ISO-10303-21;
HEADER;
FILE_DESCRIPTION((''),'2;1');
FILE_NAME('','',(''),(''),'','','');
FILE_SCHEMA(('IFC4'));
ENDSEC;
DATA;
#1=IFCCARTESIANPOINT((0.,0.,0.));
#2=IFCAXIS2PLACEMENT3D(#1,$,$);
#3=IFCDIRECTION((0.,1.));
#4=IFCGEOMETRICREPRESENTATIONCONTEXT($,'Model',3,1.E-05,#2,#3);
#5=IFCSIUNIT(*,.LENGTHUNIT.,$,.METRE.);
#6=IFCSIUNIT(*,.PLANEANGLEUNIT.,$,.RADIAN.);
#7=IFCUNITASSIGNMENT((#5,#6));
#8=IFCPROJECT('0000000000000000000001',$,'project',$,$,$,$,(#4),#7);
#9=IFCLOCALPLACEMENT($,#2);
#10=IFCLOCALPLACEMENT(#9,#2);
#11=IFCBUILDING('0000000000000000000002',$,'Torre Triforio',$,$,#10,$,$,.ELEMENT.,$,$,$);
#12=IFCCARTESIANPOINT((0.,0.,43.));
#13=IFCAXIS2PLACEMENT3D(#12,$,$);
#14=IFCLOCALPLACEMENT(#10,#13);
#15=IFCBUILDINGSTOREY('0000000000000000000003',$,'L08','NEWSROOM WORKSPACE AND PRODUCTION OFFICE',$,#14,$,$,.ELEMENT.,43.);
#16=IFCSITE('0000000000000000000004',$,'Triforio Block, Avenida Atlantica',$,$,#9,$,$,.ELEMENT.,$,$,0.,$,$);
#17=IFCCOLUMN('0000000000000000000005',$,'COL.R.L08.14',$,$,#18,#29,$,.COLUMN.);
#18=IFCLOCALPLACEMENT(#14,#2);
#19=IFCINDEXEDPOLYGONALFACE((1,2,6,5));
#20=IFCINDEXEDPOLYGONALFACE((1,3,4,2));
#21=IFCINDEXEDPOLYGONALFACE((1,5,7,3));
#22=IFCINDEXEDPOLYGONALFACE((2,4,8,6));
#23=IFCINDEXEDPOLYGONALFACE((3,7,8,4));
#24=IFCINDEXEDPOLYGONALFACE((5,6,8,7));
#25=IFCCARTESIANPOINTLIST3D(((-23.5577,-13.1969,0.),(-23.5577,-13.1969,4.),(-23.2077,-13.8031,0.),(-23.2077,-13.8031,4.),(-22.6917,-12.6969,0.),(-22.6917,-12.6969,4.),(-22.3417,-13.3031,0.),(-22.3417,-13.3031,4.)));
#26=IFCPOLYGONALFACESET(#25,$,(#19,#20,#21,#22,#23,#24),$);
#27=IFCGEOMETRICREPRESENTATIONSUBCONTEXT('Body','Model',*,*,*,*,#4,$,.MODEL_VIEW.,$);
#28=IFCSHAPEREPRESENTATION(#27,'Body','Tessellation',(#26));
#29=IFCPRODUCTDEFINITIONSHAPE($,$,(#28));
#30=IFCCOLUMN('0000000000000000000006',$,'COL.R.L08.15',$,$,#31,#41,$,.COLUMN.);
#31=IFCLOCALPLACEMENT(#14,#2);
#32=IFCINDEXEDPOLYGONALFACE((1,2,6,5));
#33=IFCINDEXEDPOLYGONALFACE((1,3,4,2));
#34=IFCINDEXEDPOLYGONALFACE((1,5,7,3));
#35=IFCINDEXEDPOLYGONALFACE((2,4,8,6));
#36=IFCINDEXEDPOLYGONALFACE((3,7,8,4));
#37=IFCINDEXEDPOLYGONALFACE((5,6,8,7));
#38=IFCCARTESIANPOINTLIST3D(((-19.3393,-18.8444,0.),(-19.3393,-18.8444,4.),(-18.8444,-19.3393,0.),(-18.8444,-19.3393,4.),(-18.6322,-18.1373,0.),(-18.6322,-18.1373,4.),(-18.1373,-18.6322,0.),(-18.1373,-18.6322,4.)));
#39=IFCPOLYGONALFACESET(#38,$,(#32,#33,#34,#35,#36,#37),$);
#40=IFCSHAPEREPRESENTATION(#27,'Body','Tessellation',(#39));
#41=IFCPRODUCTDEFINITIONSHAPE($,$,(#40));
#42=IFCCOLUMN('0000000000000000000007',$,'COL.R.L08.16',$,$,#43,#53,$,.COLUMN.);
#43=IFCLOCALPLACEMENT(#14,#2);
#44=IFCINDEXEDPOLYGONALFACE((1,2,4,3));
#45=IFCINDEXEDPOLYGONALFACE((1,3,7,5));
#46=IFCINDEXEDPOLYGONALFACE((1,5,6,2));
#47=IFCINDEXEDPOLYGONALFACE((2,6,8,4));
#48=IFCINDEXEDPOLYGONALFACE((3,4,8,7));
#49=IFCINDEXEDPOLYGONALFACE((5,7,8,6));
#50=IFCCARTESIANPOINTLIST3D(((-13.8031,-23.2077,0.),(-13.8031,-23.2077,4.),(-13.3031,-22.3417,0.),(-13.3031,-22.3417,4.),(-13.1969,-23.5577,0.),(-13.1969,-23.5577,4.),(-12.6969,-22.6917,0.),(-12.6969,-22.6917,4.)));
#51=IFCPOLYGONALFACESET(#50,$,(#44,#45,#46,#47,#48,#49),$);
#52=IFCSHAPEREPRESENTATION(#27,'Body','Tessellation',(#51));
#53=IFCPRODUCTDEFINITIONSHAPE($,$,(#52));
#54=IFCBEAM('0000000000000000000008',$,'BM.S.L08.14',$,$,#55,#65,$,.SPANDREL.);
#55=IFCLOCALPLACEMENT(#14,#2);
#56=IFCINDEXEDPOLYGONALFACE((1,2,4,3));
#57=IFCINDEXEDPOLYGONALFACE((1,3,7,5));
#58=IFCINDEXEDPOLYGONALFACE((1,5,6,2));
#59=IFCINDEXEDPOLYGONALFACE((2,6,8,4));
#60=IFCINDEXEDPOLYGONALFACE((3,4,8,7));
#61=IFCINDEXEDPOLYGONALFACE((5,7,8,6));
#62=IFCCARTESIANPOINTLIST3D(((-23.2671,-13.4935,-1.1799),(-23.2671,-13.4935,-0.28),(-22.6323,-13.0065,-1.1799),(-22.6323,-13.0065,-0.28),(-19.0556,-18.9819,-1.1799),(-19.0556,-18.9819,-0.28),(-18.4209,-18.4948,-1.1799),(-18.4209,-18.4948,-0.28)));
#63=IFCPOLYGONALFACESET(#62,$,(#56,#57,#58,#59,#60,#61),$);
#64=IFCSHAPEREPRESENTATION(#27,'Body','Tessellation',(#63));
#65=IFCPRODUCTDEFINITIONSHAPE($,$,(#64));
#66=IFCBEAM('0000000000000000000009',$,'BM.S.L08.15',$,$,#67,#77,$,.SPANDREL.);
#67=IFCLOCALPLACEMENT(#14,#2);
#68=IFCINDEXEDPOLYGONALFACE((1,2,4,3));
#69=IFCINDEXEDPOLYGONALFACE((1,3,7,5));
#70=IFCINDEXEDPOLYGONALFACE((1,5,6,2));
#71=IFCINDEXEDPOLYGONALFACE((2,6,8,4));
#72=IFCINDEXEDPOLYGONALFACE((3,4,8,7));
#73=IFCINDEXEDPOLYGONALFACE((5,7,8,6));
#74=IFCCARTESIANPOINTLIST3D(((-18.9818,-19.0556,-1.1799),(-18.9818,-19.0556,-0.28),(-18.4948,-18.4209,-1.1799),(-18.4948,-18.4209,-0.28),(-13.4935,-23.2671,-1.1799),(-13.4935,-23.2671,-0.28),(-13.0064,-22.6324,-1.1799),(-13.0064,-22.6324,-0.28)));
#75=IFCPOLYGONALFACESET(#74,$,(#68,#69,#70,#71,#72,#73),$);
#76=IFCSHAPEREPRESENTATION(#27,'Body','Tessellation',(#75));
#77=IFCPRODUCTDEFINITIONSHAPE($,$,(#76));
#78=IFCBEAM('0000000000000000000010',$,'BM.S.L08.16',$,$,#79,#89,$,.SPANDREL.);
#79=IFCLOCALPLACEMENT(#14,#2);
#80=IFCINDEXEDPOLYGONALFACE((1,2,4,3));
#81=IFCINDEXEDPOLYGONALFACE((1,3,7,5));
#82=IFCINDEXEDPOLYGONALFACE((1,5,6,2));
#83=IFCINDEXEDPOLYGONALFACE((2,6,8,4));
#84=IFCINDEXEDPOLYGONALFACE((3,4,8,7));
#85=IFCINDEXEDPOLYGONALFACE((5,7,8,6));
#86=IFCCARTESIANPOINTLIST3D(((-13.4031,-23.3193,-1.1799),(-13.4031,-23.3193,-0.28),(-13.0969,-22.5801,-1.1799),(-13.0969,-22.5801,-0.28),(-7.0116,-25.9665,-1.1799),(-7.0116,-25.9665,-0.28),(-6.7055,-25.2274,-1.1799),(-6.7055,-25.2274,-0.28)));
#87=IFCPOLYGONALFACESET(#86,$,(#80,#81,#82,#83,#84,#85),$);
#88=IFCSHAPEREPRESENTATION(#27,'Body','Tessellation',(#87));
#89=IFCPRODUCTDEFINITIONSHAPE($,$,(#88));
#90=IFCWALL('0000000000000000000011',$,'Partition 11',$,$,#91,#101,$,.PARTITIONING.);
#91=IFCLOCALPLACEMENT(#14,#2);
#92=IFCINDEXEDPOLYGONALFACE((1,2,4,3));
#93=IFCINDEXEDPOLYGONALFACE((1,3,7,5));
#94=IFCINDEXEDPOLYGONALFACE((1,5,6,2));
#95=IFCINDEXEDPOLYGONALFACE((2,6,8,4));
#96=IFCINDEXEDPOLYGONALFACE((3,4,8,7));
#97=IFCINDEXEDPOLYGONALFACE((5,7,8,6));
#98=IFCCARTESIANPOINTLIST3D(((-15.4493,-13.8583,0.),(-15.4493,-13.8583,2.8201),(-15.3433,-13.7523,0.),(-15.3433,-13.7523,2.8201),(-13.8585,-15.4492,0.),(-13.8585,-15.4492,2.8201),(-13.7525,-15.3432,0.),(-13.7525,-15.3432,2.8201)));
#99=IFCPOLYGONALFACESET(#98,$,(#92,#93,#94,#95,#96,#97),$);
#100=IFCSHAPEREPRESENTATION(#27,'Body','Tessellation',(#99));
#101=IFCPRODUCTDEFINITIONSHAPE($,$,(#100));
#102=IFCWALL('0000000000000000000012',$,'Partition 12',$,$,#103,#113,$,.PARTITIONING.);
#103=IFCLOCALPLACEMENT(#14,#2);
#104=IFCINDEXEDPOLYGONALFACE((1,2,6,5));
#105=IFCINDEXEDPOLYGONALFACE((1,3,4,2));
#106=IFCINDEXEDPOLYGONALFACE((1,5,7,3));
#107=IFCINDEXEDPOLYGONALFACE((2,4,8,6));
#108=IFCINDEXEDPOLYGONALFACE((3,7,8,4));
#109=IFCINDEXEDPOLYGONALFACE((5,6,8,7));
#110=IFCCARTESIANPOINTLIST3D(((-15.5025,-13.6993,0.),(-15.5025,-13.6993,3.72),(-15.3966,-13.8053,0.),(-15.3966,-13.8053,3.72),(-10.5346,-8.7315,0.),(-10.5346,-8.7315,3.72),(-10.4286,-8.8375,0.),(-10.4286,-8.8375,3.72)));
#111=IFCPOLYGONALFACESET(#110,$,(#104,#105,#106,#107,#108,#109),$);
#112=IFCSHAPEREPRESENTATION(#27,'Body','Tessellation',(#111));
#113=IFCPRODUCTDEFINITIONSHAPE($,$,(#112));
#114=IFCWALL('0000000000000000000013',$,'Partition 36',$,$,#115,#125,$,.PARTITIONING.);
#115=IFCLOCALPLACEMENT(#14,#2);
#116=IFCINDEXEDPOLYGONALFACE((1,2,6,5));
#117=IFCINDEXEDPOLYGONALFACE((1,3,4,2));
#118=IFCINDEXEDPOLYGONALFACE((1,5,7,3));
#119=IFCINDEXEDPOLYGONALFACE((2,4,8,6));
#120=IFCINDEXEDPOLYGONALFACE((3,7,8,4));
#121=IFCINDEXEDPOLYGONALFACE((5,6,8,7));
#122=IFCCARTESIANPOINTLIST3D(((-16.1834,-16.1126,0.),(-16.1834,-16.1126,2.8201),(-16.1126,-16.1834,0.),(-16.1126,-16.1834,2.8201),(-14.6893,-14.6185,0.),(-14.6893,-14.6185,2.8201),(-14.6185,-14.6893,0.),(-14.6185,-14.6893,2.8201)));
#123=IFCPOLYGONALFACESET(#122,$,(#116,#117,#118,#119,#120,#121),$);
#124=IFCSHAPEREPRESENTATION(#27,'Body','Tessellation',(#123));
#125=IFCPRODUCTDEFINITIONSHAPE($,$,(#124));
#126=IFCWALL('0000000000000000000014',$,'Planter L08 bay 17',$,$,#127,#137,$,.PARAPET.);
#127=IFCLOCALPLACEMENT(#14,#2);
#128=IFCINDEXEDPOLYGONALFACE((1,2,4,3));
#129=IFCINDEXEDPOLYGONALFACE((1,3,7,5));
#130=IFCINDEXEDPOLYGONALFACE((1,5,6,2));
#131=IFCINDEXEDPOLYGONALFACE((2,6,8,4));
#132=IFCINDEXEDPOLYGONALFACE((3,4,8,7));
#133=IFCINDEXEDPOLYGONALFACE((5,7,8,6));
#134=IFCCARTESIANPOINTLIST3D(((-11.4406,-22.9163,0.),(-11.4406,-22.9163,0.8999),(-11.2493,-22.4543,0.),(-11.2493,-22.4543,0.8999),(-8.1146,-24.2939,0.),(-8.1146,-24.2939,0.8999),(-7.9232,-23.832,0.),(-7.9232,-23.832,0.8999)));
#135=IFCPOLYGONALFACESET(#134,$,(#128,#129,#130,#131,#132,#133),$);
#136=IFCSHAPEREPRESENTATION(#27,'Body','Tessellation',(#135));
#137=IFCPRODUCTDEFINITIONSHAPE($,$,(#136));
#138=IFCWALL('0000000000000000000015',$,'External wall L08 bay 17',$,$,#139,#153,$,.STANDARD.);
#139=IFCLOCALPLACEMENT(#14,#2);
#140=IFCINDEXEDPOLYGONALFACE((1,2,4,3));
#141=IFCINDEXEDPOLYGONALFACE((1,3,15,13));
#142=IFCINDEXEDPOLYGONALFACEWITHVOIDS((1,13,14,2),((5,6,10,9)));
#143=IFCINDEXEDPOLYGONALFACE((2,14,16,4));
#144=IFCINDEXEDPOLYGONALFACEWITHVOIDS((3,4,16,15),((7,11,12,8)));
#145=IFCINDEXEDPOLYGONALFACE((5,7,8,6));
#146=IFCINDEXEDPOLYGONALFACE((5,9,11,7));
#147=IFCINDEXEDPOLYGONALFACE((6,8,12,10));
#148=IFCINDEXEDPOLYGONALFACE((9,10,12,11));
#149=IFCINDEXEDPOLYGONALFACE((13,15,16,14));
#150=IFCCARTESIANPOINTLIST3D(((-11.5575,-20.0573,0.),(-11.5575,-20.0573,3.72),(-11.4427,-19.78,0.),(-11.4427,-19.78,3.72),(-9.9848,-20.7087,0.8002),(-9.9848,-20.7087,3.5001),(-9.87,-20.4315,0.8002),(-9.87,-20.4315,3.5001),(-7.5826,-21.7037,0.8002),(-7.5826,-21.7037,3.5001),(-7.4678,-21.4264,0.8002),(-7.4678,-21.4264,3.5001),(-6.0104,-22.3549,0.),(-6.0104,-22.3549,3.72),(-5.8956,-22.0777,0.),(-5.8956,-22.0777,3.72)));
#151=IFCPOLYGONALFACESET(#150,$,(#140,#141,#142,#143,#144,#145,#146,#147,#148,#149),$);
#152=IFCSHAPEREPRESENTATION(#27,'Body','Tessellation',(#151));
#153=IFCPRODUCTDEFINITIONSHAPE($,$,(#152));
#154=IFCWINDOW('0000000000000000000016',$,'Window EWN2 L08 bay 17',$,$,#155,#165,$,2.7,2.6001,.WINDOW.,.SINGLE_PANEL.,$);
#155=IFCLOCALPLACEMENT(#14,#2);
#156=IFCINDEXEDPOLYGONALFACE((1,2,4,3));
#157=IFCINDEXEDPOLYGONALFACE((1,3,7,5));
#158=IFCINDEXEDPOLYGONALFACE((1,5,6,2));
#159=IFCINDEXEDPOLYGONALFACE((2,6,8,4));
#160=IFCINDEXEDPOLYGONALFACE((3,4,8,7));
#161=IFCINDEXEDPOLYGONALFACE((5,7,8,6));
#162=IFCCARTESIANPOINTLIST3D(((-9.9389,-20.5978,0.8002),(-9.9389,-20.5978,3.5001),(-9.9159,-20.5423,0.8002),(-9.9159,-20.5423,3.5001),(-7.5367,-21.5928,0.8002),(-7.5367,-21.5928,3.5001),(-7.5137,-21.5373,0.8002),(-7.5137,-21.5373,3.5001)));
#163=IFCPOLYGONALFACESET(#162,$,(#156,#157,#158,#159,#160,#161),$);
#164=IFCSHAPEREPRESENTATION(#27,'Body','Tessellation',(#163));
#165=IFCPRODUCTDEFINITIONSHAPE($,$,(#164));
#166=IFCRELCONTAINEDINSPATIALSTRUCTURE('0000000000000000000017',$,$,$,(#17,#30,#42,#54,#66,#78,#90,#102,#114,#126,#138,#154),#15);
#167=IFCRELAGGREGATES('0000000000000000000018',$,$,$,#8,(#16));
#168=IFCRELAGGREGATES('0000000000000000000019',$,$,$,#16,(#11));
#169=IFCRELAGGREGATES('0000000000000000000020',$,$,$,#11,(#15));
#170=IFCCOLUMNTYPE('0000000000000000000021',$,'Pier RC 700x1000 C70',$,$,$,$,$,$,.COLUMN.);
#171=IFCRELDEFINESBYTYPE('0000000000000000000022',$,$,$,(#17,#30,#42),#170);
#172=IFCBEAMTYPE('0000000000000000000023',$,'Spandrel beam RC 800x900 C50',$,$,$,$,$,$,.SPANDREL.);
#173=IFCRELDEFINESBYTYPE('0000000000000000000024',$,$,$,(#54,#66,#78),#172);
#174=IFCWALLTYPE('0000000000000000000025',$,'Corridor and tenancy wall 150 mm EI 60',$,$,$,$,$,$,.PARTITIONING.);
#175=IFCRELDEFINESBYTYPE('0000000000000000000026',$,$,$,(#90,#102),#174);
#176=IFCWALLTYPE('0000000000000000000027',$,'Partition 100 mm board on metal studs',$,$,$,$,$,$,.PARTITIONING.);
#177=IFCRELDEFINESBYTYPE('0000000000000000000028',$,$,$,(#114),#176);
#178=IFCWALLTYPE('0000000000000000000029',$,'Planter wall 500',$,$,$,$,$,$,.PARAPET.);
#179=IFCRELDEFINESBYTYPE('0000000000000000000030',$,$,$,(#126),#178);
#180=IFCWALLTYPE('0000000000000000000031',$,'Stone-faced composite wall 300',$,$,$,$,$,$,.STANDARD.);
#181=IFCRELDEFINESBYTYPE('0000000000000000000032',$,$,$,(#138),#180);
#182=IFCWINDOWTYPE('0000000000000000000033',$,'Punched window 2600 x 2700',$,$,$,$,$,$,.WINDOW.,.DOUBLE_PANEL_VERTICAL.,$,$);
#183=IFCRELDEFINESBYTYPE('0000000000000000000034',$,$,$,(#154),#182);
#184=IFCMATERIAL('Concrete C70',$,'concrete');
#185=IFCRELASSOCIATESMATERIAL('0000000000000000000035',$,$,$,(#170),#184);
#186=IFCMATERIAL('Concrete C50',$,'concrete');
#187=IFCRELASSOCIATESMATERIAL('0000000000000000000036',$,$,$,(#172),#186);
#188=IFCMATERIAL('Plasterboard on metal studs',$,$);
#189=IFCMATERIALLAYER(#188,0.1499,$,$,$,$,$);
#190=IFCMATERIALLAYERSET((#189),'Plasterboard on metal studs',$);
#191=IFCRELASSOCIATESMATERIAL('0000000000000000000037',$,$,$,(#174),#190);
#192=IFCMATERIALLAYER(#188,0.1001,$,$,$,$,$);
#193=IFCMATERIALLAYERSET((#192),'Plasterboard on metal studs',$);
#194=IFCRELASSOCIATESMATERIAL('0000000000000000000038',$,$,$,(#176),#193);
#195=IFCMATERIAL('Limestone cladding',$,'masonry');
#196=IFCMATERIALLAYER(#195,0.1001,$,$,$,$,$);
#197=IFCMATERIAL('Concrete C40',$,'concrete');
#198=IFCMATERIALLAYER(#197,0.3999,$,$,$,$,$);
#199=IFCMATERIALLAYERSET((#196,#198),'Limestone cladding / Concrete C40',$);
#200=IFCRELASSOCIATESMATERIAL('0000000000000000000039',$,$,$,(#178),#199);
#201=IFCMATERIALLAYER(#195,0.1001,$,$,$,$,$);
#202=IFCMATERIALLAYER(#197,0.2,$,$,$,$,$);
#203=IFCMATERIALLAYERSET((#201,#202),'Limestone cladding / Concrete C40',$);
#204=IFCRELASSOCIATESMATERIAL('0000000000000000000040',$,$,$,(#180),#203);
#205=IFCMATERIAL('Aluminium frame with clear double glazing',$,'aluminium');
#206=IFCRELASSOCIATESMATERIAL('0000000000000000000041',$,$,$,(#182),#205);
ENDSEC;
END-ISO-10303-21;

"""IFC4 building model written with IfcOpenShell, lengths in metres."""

from ifc_helpers import new_model, si_unit, direction, frame, frame_2d, origin, origin_2d, place, context, subcontext, project, spatial, rectangle, extrude, material, layer, layer_set, material_profile, profile_set, type_object, element, fill, save


model = new_model("IFC4")

# Units and contexts
model_context = context("Model", 3, precision=1e-05, world=origin(), true_north=direction((0.0, 1.0)))
body_context = subcontext(model_context, "Body", "Model", "MODEL_VIEW")
ifc_project = project(units=[si_unit("LENGTHUNIT", "METRE"), si_unit("PLANEANGLEUNIT", "RADIAN")], contexts=[model_context])

# Site, building, storey
site_placement = place(None, origin())
site = spatial("IfcSite", under=ifc_project, at=site_placement, Name="Triforio Block, Avenida Atlantica", CompositionType="ELEMENT", RefElevation=0.0)
building_placement = place(site_placement, origin())
building = spatial("IfcBuilding", under=site, at=building_placement, Name="Torre Triforio", CompositionType="ELEMENT")
storey_placement = place(building_placement, frame((0.0, 0.0, 43.0)))
storey = spatial("IfcBuildingStorey", under=building, at=storey_placement, Name="L08", Description="NEWSROOM WORKSPACE AND PRODUCTION OFFICE", CompositionType="ELEMENT", Elevation=43.0)

# Columns
ifc_material_1 = material(Name="Concrete C70", Category="concrete")
ifc_material_profile_1 = material_profile(ifc_material_1, rectangle(XDim=0.7, YDim=1.0, at=origin_2d()), Name="RC 700x1000")
ifc_profile_set_1 = profile_set([ifc_material_profile_1], Name="Concrete C70")
column_type = type_object("IfcColumnType", Name="Pier RC 700x1000 C70", PredefinedType="COLUMN", material=ifc_profile_set_1)
for number, where, z_axis, x_axis, name in (
    (1, (-22.9497, -13.25, 0.0), (0.0, 0.0, 1.0), (0.5, -0.866025, 0.0), "COL.R.L08.14"),
    (2, (-18.7383, -18.7383, 0.0), (0.0, 0.0, 1.0), (0.707107, -0.707107, 0.0), "COL.R.L08.15"),
    (3, (-13.25, -22.9497, 0.0), (0.0, 0.0, 1.0), (0.866025, -0.5, 0.0), "COL.R.L08.16"),
):
    element("IfcColumn", number, at=place(storey_placement, frame(where, z_axis=z_axis, x_axis=x_axis)), inside=storey, type_object=column_type, Name=name, PredefinedType="COLUMN", context=body_context, shape_type="SweptSolid", body=[
        extrude(rectangle(XDim=0.7, YDim=1.0, at=origin_2d()), origin(), (0.0, 0.0, 1.0), 4.0),
    ])

# Beams
ifc_material_2 = material(Name="Concrete C50", Category="concrete")
ifc_material_profile_2 = material_profile(ifc_material_2, rectangle(XDim=0.8, YDim=0.8999, at=origin_2d()), Name="RC 800x900")
ifc_profile_set_2 = profile_set([ifc_material_profile_2], Name="Concrete C50")
beam_type = type_object("IfcBeamType", Name="Spandrel beam RC 800x900 C50", PredefinedType="SPANDREL", material=ifc_profile_set_2)
for number, where, z_axis, x_axis, name in (
    (4, (-22.9497, -13.25, -0.73), (0.608772, -0.793345, 0.0), (0.793345, 0.608772, 0.0), "BM.S.L08.14"),
    (5, (-18.7383, -18.7383, -0.73), (0.793345, -0.608772, 0.0), (0.608772, 0.793345, 0.0), "BM.S.L08.15"),
    (6, (-13.25, -22.9497, -0.73), (0.923888, -0.382662, 0.0), (0.382662, 0.923888, 0.0), "BM.S.L08.16"),
):
    element("IfcBeam", number, at=place(storey_placement, frame(where, z_axis=z_axis, x_axis=x_axis)), inside=storey, type_object=beam_type, Name=name, PredefinedType="SPANDREL", context=body_context, shape_type="SweptSolid", body=[
        extrude(rectangle(XDim=0.8, YDim=0.8999, at=origin_2d()), origin(), (0.0, 0.0, 1.0), 6.918),
    ])

# Walls
ifc_material_3 = material(Name="Plasterboard on metal studs")
ifc_layer_1 = layer(ifc_material_3, 0.1499)
ifc_layer_set_1 = layer_set([ifc_layer_1], Name="Plasterboard on metal studs")
wall_type_1 = type_object("IfcWallType", Name="Corridor and tenancy wall 150 mm EI 60", PredefinedType="PARTITIONING", material=ifc_layer_set_1)
wall_1_placement = place(storey_placement, frame((-13.8054, -15.3962, 0.0), z_axis=(0.0, 0.0, 1.0), x_axis=(-0.707107, 0.707107, 0.0)))
element("IfcWall", 7, at=wall_1_placement, inside=storey, type_object=wall_type_1, Name="Partition 11", PredefinedType="PARTITIONING", context=body_context, shape_type="SweptSolid", body=[
    extrude(rectangle(XDim=2.2498, YDim=0.1499, at=frame_2d((1.125, 0.0))), origin(), (0.0, 0.0, 1.0), 2.8201),
])
wall_2_placement = place(storey_placement, frame((-15.4495, -13.7522, 0.0), z_axis=(0.0, 0.0, 1.0), x_axis=(0.707124, 0.707089, 0.0)))
element("IfcWall", 8, at=wall_2_placement, inside=storey, type_object=wall_type_1, Name="Partition 12", PredefinedType="PARTITIONING", context=body_context, shape_type="SweptSolid", body=[
    extrude(rectangle(XDim=7.0256, YDim=0.1499, at=frame_2d((3.5127, 0.0))), origin(), (0.0, 0.0, 1.0), 3.72),
])
ifc_layer_2 = layer(ifc_material_3, 0.1001)
ifc_layer_set_2 = layer_set([ifc_layer_2], Name="Plasterboard on metal studs")
wall_type_2 = type_object("IfcWallType", Name="Partition 100 mm board on metal studs", PredefinedType="PARTITIONING", material=ifc_layer_set_2)
wall_3_placement = place(storey_placement, frame((-14.6538, -14.6538, 0.0), z_axis=(0.0, 0.0, 1.0), x_axis=(-0.707107, -0.707107, 0.0)))
element("IfcWall", 9, at=wall_3_placement, inside=storey, type_object=wall_type_2, Name="Partition 36", PredefinedType="PARTITIONING", context=body_context, shape_type="SweptSolid", body=[
    extrude(rectangle(XDim=2.113, YDim=0.1001, at=frame_2d((1.0566, 0.0))), origin(), (0.0, 0.0, 1.0), 2.8201),
])
ifc_material_4 = material(Name="Limestone cladding", Category="masonry")
ifc_layer_3 = layer(ifc_material_4, 0.1001)
ifc_material_5 = material(Name="Concrete C40", Category="concrete")
ifc_layer_4 = layer(ifc_material_5, 0.3999)
ifc_layer_set_3 = layer_set([ifc_layer_3, ifc_layer_4], Name="Limestone cladding / Concrete C40")
wall_type_3 = type_object("IfcWallType", Name="Planter wall 500", PredefinedType="PARAPET", material=ifc_layer_set_3)
wall_4_placement = place(storey_placement, frame((-11.345, -22.6853, 0.0), z_axis=(0.0, 0.0, 1.0), x_axis=(0.923885, -0.382669, 0.0)))
element("IfcWall", 10, at=wall_4_placement, inside=storey, type_object=wall_type_3, Name="Planter L08 bay 17", PredefinedType="PARAPET", context=body_context, shape_type="SweptSolid", body=[
    extrude(rectangle(XDim=3.6001, YDim=0.5, at=frame_2d((1.8, 0.0))), origin(), (0.0, 0.0, 1.0), 0.8999),
])

# Shared definitions
ifc_layer_5 = layer(ifc_material_4, 0.1001)
ifc_layer_6 = layer(ifc_material_5, 0.2)
ifc_layer_set_4 = layer_set([ifc_layer_5, ifc_layer_6], Name="Limestone cladding / Concrete C40")
wall_type_4 = type_object("IfcWallType", Name="Stone-faced composite wall 300", PredefinedType="STANDARD", material=ifc_layer_set_4)
ifc_material_6 = material(Name="Aluminium frame with clear double glazing", Category="aluminium")

# Wall, opening, window
wall_5_placement = place(storey_placement, frame((-11.5, -19.9187, 0.0), z_axis=(0.0, 0.0, 1.0), x_axis=(0.923885, -0.382671, 0.0)))
wall_5 = element("IfcWall", 11, at=wall_5_placement, inside=storey, type_object=wall_type_4, Name="External wall L08 bay 17", PredefinedType="STANDARD", context=body_context, shape_type="SweptSolid", body=[
    extrude(rectangle(XDim=6.0042, YDim=0.3, at=frame_2d((3.002, 0.0))), origin(), (0.0, 0.0, 1.0), 3.72),
])
opening_1_placement = place(wall_5_placement, frame((1.7021, 0.0, 0.8)))
opening_1 = element("IfcOpeningElement", 12, at=opening_1_placement, cuts=wall_5, PredefinedType="OPENING", context=body_context, shape_type="SweptSolid", body=[
    extrude(rectangle(XDim=2.6001, YDim=2.7, at=frame_2d((1.3, 1.3501))), frame((0.0, 0.1599, 0.0), z_axis=(0.0, -1.0, 0.0), x_axis=(1.0, 0.0, 0.0)), (0.0, 0.0, 1.0), 0.3201),
])
window_type_1 = type_object("IfcWindowType", Name="Punched window 2600 x 2700", PartitioningType="DOUBLE_PANEL_VERTICAL", PredefinedType="WINDOW", material=ifc_material_6)
window_1_placement = place(opening_1_placement, origin())
window_1 = element("IfcWindow", 13, at=window_1_placement, inside=storey, type_object=window_type_1, Name="Window EWN2 L08 bay 17", OverallHeight=2.7, OverallWidth=2.6001, PartitioningType="SINGLE_PANEL", PredefinedType="WINDOW", context=body_context, shape_type="SweptSolid", body=[
    extrude(rectangle(XDim=2.6001, YDim=2.7, at=frame_2d((1.3, 1.3501))), frame((0.0, 0.03, 0.0), z_axis=(0.0, -1.0, 0.0), x_axis=(1.0, 0.0, 0.0)), (0.0, 0.0, 1.0), 0.0601),
])
fill(opening_1, window_1)

save(model, "model.ifc")
